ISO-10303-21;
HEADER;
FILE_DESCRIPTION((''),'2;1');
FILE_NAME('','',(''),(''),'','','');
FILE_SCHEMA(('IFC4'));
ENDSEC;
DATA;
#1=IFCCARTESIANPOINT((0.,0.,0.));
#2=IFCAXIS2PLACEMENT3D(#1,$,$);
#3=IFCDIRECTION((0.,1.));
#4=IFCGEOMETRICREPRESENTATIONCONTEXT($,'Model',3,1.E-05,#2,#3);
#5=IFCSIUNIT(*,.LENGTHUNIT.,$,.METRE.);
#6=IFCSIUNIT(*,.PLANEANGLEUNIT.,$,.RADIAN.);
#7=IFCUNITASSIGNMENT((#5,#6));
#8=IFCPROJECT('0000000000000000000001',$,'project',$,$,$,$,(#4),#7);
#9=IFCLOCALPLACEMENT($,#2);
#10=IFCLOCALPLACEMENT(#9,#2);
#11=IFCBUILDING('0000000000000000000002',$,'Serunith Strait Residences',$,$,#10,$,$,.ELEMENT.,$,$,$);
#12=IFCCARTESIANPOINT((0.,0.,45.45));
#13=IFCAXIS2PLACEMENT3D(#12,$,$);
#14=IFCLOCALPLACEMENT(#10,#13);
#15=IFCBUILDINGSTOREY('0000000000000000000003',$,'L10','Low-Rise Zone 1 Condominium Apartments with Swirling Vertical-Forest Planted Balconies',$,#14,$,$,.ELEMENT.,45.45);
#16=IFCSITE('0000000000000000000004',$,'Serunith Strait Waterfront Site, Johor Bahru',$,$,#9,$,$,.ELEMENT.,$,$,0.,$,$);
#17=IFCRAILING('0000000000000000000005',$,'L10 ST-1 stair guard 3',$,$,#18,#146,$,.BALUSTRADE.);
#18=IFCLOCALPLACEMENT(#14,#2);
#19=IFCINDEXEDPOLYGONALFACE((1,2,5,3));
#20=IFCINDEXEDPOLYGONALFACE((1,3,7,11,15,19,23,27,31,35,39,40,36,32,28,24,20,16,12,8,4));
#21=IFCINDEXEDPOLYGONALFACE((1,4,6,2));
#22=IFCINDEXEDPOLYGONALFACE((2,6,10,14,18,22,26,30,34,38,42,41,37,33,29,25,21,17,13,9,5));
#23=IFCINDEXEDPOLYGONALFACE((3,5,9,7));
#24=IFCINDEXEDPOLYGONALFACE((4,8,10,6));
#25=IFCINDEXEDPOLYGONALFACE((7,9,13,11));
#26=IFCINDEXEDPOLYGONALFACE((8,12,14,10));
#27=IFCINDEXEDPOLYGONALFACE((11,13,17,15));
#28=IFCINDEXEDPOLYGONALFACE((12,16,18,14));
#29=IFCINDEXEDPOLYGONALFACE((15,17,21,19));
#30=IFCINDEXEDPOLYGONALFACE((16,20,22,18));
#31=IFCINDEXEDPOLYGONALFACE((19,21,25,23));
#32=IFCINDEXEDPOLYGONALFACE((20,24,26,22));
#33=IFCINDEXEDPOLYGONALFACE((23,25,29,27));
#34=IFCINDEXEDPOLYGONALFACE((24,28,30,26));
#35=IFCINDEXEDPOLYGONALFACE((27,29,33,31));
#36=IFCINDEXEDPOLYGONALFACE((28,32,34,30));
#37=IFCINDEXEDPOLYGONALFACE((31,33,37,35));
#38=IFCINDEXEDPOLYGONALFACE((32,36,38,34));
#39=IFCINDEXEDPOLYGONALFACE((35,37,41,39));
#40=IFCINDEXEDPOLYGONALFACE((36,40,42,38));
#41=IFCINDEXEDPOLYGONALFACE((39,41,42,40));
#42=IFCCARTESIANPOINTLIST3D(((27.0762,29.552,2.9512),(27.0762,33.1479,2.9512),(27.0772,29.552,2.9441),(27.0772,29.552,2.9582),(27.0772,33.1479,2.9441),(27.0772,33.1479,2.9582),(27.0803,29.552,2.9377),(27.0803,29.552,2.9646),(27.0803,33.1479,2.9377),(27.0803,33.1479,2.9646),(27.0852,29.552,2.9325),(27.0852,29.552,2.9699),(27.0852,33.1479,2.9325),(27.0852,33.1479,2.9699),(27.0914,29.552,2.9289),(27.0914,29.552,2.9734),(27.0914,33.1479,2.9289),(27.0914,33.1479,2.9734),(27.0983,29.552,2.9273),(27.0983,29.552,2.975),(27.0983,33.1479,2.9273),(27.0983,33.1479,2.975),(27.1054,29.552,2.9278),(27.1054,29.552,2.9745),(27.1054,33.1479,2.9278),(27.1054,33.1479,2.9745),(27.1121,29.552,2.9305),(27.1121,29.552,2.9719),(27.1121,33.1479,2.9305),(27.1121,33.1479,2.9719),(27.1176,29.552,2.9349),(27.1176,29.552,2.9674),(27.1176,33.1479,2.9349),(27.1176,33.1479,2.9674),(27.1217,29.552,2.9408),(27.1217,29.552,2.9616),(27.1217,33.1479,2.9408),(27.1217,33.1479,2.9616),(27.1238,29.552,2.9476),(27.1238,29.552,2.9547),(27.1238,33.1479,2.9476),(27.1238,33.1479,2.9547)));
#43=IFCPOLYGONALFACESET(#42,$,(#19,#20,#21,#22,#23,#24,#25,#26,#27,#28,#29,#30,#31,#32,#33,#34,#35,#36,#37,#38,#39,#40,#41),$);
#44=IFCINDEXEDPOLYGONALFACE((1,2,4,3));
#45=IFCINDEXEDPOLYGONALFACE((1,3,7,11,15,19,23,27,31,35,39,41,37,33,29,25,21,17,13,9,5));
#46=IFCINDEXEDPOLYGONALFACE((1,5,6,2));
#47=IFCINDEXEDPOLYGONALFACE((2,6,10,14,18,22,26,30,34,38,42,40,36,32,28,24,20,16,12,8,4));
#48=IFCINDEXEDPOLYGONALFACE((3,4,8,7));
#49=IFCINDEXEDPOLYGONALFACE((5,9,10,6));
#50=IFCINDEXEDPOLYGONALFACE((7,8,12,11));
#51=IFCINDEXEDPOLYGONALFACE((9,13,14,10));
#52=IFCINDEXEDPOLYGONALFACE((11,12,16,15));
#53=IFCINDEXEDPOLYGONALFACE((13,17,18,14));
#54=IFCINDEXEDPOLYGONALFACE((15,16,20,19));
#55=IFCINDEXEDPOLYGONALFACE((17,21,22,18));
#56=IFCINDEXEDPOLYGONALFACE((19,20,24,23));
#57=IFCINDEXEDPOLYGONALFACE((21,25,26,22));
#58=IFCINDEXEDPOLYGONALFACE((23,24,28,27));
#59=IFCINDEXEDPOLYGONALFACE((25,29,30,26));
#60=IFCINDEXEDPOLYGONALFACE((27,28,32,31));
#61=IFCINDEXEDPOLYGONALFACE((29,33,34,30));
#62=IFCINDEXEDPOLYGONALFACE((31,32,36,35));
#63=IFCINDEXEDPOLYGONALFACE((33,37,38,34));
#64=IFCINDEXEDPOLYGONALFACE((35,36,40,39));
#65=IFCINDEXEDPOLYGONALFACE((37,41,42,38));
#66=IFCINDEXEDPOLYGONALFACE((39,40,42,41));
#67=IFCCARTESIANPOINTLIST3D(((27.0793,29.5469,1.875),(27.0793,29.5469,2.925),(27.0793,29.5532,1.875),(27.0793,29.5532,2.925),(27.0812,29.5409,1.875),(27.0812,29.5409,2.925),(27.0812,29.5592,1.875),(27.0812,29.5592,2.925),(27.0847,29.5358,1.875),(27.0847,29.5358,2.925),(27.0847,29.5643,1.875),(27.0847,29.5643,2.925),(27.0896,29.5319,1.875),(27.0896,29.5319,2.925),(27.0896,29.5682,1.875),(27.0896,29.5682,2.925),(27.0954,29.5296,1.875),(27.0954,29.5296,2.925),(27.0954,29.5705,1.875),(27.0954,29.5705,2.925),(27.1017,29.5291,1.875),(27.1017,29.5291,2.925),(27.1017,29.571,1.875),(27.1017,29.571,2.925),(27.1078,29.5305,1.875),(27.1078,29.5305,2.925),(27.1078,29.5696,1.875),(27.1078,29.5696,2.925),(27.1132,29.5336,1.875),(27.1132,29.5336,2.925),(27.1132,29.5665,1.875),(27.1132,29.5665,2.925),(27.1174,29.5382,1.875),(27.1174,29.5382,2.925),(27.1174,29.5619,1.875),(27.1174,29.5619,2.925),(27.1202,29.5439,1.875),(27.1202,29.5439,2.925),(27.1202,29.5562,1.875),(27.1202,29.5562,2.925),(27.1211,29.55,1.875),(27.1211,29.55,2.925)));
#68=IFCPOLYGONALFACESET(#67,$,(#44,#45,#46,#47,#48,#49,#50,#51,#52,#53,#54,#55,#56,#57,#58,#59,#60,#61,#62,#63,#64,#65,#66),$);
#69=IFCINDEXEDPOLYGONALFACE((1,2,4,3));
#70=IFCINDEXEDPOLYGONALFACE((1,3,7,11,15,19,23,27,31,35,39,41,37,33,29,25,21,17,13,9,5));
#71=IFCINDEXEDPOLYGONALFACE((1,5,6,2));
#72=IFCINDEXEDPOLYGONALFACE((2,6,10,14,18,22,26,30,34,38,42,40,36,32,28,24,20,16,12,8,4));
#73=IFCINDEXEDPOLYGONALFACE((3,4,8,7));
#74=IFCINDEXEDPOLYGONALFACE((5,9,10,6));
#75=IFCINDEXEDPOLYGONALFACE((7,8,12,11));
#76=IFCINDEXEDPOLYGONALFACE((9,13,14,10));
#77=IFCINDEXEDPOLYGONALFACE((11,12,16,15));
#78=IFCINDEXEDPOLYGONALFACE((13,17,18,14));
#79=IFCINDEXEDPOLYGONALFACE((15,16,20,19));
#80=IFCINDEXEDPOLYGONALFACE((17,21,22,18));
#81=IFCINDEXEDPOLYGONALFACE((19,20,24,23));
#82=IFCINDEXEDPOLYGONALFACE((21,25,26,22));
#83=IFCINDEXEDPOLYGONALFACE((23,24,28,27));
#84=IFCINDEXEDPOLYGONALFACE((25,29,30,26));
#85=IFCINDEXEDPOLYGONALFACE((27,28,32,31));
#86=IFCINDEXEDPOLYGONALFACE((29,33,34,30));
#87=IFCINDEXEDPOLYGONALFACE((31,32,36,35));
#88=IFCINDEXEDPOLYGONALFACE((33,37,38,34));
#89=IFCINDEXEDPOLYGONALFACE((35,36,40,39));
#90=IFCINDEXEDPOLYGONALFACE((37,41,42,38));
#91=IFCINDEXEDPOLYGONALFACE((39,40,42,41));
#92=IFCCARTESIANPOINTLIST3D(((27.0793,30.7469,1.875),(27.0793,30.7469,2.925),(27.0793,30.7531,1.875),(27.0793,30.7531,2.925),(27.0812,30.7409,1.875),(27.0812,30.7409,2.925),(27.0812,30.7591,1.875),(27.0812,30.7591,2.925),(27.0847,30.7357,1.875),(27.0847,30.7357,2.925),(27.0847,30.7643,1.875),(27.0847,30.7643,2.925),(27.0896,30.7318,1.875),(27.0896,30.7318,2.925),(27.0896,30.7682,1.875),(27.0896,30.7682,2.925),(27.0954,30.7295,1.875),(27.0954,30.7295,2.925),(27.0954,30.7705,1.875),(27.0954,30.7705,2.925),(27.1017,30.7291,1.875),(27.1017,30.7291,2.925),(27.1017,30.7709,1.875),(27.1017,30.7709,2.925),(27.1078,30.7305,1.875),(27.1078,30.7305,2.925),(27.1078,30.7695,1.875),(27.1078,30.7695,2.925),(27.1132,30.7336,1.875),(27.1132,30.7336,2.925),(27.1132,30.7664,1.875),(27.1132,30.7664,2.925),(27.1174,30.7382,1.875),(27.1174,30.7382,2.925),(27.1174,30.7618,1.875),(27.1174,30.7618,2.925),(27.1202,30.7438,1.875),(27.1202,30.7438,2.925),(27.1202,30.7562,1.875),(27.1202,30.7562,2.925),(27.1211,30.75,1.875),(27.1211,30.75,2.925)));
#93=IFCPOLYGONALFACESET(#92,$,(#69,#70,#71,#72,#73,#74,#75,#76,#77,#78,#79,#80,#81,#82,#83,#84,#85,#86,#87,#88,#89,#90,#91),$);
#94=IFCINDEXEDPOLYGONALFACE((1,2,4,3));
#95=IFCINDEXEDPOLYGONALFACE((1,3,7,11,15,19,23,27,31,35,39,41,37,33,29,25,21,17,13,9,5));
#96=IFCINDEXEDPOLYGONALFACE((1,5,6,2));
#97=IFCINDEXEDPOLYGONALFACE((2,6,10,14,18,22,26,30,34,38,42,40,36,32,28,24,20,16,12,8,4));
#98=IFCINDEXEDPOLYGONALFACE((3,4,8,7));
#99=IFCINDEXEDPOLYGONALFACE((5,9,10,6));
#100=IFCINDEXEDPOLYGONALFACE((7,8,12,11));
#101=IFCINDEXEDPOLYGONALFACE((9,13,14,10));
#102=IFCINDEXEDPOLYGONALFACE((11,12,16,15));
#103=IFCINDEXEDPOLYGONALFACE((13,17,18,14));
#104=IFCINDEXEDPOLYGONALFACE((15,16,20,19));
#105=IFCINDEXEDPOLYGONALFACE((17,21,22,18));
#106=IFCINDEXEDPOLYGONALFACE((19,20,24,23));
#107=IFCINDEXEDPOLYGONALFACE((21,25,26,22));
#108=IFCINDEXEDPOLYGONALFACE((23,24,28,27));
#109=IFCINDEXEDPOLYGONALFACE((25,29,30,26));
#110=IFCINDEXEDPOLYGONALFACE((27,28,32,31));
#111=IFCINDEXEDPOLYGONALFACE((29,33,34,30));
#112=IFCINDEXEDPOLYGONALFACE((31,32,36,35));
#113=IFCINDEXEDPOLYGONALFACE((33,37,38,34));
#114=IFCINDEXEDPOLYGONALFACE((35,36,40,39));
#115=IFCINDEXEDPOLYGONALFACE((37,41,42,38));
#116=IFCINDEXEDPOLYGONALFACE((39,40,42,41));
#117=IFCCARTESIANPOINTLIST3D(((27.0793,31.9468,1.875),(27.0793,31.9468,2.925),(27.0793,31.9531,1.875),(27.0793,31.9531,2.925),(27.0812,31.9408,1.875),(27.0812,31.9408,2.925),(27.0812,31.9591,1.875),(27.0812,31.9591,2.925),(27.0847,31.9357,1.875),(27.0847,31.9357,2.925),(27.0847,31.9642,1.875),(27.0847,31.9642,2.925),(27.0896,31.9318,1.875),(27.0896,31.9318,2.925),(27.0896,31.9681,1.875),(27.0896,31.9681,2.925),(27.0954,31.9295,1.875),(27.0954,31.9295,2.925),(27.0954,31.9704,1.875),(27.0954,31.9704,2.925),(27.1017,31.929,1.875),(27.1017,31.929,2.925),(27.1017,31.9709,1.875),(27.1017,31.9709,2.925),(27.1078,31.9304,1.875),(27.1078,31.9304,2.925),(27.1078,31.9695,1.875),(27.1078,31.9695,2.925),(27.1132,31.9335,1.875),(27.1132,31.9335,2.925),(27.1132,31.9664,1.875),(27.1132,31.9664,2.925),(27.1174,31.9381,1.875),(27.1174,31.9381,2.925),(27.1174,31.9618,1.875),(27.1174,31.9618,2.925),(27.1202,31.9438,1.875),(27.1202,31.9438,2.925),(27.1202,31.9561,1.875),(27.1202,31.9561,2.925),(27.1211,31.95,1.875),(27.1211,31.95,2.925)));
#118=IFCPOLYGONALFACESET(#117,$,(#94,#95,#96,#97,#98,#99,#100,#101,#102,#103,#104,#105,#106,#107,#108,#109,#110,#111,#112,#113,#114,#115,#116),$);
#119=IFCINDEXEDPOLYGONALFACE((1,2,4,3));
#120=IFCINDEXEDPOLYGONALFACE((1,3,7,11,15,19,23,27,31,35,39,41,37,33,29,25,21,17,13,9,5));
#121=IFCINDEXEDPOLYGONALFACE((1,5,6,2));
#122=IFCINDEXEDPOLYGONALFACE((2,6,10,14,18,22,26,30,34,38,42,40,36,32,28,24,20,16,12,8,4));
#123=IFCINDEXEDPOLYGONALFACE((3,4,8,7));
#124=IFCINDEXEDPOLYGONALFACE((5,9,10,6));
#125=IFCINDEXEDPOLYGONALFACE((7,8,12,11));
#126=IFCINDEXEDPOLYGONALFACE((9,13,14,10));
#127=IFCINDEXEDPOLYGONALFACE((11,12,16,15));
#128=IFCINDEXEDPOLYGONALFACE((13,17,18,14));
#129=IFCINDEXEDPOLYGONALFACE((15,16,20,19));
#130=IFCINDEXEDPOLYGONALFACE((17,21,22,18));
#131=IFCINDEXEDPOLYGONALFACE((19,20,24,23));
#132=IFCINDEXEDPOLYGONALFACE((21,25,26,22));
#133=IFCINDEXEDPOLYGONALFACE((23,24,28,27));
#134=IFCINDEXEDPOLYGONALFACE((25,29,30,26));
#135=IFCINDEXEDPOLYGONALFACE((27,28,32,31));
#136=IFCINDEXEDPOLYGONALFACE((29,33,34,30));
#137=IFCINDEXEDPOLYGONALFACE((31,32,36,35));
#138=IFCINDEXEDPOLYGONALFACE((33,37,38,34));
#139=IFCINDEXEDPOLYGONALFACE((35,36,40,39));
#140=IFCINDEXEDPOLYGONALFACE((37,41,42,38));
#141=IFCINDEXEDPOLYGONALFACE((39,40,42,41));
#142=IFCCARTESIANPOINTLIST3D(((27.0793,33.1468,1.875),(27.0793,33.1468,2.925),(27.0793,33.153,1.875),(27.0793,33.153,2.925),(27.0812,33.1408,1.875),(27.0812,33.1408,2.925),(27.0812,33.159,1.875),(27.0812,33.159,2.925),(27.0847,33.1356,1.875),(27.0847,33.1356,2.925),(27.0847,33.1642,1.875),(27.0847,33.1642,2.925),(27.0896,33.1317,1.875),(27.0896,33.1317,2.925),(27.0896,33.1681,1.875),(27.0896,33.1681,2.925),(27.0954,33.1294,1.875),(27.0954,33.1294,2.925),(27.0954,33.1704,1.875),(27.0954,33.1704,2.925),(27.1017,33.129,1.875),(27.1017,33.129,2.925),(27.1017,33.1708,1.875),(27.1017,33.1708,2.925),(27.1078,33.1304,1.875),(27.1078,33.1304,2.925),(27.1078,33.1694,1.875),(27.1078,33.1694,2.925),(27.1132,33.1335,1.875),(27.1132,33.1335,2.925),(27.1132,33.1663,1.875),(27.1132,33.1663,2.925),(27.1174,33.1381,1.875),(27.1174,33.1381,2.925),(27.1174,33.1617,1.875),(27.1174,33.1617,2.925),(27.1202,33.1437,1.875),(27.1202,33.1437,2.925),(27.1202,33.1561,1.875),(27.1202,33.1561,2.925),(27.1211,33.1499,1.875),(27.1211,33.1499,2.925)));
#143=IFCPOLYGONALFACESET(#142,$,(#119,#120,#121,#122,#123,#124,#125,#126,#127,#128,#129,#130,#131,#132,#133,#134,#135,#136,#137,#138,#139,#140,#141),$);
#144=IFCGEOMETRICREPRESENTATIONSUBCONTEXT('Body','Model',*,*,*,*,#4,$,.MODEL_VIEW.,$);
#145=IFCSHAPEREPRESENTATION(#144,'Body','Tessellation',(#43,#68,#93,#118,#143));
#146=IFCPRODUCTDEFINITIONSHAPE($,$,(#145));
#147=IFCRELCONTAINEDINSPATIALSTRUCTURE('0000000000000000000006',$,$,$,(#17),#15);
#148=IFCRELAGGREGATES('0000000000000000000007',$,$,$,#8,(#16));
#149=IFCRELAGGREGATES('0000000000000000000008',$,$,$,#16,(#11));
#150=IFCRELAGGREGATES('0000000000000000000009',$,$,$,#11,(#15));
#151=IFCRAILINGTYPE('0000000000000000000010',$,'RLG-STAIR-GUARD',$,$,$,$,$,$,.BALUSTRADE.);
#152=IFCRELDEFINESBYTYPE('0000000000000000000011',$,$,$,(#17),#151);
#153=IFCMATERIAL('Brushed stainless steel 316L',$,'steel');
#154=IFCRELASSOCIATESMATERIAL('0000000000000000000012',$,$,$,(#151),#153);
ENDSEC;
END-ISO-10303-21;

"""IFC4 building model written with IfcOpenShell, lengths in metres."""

from ifc_helpers import new_model, si_unit, direction, frame, origin, origin_2d, place, context, subcontext, project, spatial, circle, extrude, material, type_object, element, save


model = new_model("IFC4")

# Units and contexts
model_context = context("Model", 3, precision=1e-05, world=origin(), true_north=direction((0.0, 1.0)))
body_context = subcontext(model_context, "Body", "Model", "MODEL_VIEW")
ifc_project = project(units=[si_unit("LENGTHUNIT", "METRE"), si_unit("PLANEANGLEUNIT", "RADIAN")], contexts=[model_context])

# Site, building, storey
site_placement = place(None, origin())
site = spatial("IfcSite", under=ifc_project, at=site_placement, Name="Serunith Strait Waterfront Site, Johor Bahru", CompositionType="ELEMENT", RefElevation=0.0)
building_placement = place(site_placement, origin())
building = spatial("IfcBuilding", under=site, at=building_placement, Name="Serunith Strait Residences", CompositionType="ELEMENT")
storey_placement = place(building_placement, frame((0.0, 0.0, 45.45)))
storey = spatial("IfcBuildingStorey", under=building, at=storey_placement, Name="L10", Description="Low-Rise Zone 1 Condominium Apartments with Swirling Vertical-Forest Planted Balconies", CompositionType="ELEMENT", Elevation=45.45)

# Railing
ifc_material_1 = material(Name="Brushed stainless steel 316L", Category="steel")
railing_type_1 = type_object("IfcRailingType", Name="RLG-STAIR-GUARD", PredefinedType="BALUSTRADE", material=ifc_material_1)
for number, where, name in (
    (1, (27.1001, 29.55, 1.875), "L10 ST-1 stair guard 3"),
):
    element("IfcRailing", number, at=place(storey_placement, frame(where)), inside=storey, type_object=railing_type_1, Name=name, PredefinedType="BALUSTRADE", context=body_context, shape_type="SweptSolid", body=[
        extrude(circle(Radius=0.0239, at=origin_2d()), frame((0.0, 0.002, 1.0762), z_axis=(0.0, 1.0, 0.0), x_axis=(-1.0, 0.0, 0.0)), (0.0, 0.0, 1.0), 3.5959),
        extrude(circle(Radius=0.021, at=origin_2d()), origin(), (0.0, 0.0, 1.0), 1.05),
        extrude(circle(Radius=0.021, at=origin_2d()), frame((0.0, 1.2, 0.0)), (0.0, 0.0, 1.0), 1.05),
        extrude(circle(Radius=0.021, at=origin_2d()), frame((0.0, 2.3999, 0.0)), (0.0, 0.0, 1.0), 1.05),
        extrude(circle(Radius=0.021, at=origin_2d()), frame((0.0, 3.5999, 0.0)), (0.0, 0.0, 1.0), 1.05),
    ])

save(model, "model.ifc")
